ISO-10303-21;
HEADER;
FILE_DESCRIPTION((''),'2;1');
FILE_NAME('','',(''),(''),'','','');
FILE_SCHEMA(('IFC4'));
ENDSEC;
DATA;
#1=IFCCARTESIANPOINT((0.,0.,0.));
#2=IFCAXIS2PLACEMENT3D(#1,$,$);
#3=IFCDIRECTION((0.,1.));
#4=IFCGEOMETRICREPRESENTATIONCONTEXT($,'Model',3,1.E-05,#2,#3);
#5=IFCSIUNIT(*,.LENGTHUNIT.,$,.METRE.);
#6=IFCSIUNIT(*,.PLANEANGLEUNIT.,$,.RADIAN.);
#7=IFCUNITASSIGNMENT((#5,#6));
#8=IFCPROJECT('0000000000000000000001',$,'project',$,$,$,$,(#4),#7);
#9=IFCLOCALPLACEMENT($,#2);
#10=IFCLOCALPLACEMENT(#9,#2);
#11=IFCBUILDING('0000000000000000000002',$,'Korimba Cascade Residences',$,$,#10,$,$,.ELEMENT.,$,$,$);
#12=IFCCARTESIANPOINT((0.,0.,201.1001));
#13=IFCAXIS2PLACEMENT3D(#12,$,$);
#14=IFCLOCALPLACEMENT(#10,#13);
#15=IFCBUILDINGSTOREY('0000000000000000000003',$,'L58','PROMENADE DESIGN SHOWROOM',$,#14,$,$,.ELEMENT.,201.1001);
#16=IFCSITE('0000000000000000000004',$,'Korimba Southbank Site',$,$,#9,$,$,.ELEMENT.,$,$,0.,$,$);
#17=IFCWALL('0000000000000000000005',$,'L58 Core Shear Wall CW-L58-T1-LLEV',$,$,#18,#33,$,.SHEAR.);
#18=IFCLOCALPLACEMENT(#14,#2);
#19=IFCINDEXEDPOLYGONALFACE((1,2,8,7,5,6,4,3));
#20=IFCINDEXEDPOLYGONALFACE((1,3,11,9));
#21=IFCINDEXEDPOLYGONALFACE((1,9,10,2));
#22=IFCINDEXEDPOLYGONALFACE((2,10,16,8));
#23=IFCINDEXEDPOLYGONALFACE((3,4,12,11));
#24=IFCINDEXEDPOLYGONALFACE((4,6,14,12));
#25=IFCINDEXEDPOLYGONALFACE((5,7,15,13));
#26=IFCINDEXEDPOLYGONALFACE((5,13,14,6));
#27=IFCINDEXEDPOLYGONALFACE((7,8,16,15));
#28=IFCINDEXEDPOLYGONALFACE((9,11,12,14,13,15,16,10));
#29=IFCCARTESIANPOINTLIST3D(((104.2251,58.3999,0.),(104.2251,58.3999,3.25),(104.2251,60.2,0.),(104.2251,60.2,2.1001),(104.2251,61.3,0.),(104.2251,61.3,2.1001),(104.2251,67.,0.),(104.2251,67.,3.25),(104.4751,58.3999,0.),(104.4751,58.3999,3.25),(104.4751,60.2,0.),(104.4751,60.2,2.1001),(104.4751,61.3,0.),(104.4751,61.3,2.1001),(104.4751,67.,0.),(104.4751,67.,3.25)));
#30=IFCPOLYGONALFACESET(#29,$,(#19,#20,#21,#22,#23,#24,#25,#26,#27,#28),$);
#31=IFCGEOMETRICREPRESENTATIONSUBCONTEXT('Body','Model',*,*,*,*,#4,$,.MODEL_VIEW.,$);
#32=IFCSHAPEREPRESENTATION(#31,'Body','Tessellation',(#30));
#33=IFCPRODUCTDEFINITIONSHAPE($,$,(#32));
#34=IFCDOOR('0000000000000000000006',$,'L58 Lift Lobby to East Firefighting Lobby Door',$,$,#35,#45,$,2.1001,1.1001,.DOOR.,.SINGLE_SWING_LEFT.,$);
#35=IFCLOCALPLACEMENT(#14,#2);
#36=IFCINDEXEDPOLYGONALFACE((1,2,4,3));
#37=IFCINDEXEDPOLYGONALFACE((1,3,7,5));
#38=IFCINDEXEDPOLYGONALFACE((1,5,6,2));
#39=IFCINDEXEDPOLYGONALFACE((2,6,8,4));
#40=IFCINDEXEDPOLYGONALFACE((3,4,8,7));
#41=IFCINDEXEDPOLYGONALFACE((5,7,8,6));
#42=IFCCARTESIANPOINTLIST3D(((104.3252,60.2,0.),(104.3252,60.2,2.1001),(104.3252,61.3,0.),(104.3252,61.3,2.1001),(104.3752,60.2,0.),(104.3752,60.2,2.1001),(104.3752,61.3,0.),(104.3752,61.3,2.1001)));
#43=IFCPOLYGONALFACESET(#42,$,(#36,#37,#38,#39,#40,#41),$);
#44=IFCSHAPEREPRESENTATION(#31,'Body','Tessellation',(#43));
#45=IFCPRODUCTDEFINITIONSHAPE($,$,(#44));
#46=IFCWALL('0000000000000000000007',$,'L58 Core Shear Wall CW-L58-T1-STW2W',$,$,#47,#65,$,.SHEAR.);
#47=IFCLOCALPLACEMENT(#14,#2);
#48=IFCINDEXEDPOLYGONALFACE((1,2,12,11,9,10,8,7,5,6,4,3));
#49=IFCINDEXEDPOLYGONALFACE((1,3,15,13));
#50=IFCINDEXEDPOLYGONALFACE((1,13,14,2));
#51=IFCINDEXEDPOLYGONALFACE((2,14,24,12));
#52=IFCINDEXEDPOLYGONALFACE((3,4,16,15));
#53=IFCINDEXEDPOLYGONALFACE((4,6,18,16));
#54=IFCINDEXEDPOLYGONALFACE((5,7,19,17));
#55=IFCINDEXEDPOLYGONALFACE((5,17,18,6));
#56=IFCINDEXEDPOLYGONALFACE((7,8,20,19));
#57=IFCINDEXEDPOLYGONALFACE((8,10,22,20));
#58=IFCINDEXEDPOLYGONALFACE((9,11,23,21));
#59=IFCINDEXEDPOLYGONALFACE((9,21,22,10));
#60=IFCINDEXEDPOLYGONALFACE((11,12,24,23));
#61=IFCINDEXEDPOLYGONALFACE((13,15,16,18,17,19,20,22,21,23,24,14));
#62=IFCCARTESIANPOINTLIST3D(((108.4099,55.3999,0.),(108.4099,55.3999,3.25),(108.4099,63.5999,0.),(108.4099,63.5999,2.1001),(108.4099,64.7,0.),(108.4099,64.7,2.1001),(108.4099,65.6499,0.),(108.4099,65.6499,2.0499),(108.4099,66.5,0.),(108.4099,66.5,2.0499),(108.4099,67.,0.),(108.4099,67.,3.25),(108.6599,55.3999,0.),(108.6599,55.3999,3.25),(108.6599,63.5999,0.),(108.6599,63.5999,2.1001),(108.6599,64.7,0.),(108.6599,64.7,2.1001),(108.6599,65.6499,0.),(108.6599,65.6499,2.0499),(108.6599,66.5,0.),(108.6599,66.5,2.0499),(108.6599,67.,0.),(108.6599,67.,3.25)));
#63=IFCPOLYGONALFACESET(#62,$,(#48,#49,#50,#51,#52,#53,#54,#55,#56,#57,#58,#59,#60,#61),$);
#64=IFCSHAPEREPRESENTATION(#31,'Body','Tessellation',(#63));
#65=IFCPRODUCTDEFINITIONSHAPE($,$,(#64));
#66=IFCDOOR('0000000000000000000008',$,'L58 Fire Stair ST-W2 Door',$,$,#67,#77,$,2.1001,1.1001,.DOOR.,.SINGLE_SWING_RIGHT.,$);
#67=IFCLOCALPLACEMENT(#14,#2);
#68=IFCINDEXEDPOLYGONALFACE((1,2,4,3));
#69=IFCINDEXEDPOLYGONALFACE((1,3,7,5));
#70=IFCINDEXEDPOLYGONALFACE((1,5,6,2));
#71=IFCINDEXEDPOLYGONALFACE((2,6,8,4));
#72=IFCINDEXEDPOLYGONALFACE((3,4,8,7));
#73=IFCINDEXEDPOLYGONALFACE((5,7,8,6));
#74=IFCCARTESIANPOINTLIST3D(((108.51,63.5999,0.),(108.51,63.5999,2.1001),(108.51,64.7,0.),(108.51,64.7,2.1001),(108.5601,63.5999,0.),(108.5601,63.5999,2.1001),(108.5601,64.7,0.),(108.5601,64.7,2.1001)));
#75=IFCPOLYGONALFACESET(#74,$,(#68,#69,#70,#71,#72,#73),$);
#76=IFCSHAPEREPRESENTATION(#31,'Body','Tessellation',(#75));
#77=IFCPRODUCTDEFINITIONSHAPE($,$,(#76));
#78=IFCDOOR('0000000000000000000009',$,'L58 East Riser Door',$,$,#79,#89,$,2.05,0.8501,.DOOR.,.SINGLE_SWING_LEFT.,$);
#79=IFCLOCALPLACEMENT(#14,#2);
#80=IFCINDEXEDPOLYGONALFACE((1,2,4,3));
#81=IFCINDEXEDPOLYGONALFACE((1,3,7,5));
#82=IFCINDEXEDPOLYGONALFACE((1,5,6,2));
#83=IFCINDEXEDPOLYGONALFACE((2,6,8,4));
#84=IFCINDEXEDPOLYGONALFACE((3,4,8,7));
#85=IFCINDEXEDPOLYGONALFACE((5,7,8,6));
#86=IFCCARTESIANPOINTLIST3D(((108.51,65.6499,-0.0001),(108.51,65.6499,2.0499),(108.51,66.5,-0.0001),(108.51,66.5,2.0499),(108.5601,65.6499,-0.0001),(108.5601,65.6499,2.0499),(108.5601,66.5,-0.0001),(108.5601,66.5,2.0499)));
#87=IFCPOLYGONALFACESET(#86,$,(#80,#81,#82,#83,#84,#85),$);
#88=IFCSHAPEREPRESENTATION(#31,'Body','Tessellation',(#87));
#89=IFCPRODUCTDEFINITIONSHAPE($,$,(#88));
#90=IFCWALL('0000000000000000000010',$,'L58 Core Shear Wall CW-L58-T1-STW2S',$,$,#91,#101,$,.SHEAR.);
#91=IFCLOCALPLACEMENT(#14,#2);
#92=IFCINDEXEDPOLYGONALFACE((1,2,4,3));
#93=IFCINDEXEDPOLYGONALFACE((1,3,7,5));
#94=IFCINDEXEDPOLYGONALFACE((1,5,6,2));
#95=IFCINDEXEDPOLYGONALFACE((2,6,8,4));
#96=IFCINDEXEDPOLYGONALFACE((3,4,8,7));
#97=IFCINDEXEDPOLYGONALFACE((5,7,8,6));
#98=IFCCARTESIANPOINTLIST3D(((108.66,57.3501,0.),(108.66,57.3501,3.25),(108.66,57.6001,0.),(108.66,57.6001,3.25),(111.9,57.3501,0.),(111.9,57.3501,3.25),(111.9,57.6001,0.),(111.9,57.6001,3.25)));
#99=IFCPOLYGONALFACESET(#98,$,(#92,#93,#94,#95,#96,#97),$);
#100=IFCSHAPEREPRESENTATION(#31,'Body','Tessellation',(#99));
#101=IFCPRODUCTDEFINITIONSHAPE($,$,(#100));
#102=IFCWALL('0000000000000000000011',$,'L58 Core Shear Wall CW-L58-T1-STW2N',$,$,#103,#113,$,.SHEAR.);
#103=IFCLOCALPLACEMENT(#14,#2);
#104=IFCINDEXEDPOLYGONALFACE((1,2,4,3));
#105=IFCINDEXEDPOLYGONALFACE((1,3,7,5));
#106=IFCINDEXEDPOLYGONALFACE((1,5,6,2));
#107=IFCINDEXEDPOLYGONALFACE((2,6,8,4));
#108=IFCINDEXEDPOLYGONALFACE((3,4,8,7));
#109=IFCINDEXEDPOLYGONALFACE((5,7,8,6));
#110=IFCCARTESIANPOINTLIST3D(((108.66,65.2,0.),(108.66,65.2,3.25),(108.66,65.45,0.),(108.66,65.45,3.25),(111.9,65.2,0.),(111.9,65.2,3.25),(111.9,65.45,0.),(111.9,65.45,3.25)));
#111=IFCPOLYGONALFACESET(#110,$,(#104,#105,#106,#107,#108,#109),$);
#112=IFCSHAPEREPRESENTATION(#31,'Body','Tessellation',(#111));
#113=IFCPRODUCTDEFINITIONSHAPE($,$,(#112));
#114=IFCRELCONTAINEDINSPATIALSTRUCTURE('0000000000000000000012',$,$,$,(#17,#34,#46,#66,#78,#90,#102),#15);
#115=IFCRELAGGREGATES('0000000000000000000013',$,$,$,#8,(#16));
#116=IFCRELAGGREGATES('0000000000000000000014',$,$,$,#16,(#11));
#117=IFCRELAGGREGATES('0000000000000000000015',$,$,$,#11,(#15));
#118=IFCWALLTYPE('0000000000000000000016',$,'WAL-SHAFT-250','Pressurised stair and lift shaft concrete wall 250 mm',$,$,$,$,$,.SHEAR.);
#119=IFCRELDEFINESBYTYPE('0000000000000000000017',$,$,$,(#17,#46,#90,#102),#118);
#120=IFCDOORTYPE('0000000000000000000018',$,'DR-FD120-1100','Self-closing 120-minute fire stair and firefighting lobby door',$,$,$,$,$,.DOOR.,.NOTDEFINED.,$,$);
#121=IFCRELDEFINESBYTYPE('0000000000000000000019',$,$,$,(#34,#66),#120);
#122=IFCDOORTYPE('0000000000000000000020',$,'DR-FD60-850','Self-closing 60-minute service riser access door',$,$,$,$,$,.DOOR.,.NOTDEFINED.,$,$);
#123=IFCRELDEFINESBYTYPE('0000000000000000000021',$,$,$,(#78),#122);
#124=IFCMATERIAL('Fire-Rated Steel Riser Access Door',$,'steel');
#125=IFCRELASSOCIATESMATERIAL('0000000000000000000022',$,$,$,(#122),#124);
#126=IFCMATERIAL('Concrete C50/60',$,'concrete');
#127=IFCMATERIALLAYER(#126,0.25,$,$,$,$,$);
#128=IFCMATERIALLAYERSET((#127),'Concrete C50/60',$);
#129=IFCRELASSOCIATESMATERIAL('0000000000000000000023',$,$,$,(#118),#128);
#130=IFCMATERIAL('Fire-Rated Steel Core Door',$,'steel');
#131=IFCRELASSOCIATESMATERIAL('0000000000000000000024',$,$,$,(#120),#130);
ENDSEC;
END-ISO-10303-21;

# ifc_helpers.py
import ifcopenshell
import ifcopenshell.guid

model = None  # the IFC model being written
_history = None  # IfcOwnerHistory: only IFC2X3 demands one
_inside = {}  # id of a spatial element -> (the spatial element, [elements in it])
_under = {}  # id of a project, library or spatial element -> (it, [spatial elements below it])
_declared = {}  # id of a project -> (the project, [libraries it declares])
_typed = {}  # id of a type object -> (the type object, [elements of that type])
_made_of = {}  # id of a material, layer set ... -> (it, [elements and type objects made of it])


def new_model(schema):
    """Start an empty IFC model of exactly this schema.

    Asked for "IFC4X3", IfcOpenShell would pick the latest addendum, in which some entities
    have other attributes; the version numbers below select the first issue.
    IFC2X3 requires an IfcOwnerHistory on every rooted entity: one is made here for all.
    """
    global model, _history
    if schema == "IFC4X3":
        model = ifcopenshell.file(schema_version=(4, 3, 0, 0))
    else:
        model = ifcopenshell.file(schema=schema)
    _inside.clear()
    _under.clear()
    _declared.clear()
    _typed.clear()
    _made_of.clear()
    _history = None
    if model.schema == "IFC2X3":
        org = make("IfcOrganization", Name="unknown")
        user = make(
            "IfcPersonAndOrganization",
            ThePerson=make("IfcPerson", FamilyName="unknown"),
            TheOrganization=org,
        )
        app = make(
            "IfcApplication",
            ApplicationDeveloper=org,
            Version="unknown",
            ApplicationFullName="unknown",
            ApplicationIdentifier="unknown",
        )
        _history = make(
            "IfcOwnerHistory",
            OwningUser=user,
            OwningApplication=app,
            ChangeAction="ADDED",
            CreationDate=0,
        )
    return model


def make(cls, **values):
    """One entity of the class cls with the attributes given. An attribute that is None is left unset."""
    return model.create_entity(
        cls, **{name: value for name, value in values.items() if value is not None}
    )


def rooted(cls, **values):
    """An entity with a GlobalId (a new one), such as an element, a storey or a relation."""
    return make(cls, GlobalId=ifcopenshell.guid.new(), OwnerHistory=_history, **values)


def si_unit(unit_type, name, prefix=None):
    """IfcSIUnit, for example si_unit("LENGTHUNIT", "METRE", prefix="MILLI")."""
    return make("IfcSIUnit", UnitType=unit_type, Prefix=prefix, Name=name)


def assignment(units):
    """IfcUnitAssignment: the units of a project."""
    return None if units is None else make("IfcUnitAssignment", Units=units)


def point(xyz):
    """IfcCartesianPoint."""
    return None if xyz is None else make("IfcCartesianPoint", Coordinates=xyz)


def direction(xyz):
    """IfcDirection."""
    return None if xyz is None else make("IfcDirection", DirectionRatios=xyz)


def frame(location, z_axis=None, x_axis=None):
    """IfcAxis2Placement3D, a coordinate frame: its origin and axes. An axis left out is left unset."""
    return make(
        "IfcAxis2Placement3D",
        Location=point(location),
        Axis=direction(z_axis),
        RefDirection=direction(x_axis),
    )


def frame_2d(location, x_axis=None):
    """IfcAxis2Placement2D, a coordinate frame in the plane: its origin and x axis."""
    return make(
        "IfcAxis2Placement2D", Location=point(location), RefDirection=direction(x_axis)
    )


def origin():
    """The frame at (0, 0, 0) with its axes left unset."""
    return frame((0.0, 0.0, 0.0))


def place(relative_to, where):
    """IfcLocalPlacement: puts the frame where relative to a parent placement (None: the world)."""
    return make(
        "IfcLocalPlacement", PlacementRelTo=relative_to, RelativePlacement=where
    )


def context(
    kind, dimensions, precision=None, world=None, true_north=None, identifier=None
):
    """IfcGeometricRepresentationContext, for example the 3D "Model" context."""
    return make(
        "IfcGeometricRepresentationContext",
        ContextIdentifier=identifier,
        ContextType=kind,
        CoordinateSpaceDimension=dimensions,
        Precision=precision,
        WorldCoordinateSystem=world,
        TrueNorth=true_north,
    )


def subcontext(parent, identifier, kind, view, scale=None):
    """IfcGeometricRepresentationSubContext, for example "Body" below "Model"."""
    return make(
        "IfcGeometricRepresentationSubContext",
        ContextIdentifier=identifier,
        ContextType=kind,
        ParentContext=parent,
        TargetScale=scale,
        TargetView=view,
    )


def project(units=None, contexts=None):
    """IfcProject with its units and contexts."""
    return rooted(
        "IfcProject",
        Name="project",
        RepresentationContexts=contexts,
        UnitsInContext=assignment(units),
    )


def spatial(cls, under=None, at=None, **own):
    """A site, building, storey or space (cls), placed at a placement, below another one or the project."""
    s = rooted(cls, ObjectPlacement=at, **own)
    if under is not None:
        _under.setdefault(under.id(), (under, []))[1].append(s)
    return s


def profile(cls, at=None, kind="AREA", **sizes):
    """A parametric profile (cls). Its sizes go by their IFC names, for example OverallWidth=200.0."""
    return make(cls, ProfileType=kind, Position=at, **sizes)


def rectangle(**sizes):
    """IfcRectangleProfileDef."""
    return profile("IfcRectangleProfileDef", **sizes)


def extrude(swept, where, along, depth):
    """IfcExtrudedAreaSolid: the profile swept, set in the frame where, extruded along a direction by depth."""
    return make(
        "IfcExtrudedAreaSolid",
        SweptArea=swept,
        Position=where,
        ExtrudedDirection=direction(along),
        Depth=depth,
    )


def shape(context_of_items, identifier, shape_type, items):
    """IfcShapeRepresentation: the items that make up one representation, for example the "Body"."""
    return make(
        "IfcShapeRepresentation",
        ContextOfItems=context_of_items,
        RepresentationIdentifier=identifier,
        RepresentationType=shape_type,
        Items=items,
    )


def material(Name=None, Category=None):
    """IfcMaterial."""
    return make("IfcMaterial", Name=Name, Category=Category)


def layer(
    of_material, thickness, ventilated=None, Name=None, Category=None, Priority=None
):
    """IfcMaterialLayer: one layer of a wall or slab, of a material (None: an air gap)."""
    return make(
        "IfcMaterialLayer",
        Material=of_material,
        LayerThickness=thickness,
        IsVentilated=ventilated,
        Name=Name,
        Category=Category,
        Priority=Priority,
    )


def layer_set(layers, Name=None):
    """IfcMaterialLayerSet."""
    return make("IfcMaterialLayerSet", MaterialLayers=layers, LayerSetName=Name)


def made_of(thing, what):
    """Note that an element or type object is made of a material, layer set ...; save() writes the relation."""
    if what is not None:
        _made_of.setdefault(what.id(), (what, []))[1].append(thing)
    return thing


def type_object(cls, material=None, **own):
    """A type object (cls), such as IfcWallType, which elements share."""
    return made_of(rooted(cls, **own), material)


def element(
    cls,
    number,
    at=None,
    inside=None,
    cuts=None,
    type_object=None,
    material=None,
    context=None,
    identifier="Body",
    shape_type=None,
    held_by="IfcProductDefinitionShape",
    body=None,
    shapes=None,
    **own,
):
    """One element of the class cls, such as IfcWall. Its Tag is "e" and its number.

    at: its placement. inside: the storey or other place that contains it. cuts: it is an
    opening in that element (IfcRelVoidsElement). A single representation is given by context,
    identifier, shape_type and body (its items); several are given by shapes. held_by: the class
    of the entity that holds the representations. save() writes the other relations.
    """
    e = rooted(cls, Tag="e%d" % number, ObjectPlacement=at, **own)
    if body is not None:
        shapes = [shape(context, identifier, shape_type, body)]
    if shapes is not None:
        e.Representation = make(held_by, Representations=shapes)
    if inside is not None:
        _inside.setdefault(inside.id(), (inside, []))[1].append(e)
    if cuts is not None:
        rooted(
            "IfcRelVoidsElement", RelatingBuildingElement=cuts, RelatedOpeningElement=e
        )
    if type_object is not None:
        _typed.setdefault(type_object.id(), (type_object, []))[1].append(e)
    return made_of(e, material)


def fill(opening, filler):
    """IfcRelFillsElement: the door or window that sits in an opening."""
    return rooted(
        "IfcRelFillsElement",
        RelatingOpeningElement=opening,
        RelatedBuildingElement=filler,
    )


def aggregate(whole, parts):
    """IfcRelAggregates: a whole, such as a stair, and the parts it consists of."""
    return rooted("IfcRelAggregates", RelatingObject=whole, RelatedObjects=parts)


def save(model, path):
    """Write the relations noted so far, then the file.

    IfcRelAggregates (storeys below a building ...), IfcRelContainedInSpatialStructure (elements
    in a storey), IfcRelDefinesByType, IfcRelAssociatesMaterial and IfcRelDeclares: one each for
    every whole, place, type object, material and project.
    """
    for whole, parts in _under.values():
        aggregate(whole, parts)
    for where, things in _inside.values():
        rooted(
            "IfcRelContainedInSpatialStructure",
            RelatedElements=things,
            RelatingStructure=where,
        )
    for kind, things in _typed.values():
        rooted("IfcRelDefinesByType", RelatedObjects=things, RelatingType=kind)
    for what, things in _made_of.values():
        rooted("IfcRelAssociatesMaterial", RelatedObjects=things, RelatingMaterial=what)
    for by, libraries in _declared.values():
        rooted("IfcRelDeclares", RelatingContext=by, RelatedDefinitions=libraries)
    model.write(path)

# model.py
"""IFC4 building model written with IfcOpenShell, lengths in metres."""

from ifc_helpers import new_model, si_unit, direction, frame, frame_2d, origin, place, context, subcontext, project, spatial, rectangle, extrude, material, layer, layer_set, type_object, element, fill, save


model = new_model("IFC4")

# Units and contexts
model_context = context("Model", 3, precision=1e-05, world=origin(), true_north=direction((0.0, 1.0)))
body_context = subcontext(model_context, "Body", "Model", "MODEL_VIEW")
ifc_project = project(units=[si_unit("LENGTHUNIT", "METRE"), si_unit("PLANEANGLEUNIT", "RADIAN")], contexts=[model_context])

# Site, building, storey
site_placement = place(None, origin())
site = spatial("IfcSite", under=ifc_project, at=site_placement, Name="Korimba Southbank Site", CompositionType="ELEMENT", RefElevation=0.0)
building_placement = place(site_placement, origin())
building = spatial("IfcBuilding", under=site, at=building_placement, Name="Korimba Cascade Residences", CompositionType="ELEMENT")
storey_placement = place(building_placement, frame((0.0, 0.0, 201.1001)))
storey = spatial("IfcBuildingStorey", under=building, at=storey_placement, Name="L58", Description="PROMENADE DESIGN SHOWROOM", CompositionType="ELEMENT", Elevation=201.1001)

# Shared definitions
ifc_material_1 = material(Name="Fire-Rated Steel Riser Access Door", Category="steel")
door_type_1 = type_object("IfcDoorType", Name="DR-FD60-850", Description="Self-closing 60-minute service riser access door", OperationType="NOTDEFINED", PredefinedType="DOOR", material=ifc_material_1)

# Shared definitions
ifc_material_2 = material(Name="Concrete C50/60", Category="concrete")
ifc_layer_1 = layer(ifc_material_2, 0.25)
ifc_layer_set_1 = layer_set([ifc_layer_1], Name="Concrete C50/60")
wall_type_1 = type_object("IfcWallType", Name="WAL-SHAFT-250", Description="Pressurised stair and lift shaft concrete wall 250 mm", PredefinedType="SHEAR", material=ifc_layer_set_1)

# Wall, opening, door
wall_1_placement = place(storey_placement, frame((104.3501, 58.3999, 0.0), z_axis=(0.0, 0.0, 1.0), x_axis=(0.0, 1.0, 0.0)))
wall_1 = element("IfcWall", 1, at=wall_1_placement, inside=storey, type_object=wall_type_1, Name="L58 Core Shear Wall CW-L58-T1-LLEV", PredefinedType="SHEAR", context=body_context, shape_type="SweptSolid", body=[
    extrude(rectangle(XDim=8.6001, YDim=0.25, at=frame_2d((4.3, 0.0))), origin(), (0.0, 0.0, 1.0), 3.25),
])
opening_1_placement = place(wall_1_placement, frame((1.8, 0.0, 0.0)))
opening_1 = element("IfcOpeningElement", 2, at=opening_1_placement, cuts=wall_1, PredefinedType="OPENING", context=body_context, shape_type="SweptSolid", body=[
    extrude(rectangle(XDim=1.1001, YDim=2.1001, at=frame_2d((0.55, 1.05))), frame((0.0, 0.135, 0.0), z_axis=(0.0, -1.0, 0.0), x_axis=(1.0, 0.0, 0.0)), (0.0, 0.0, 1.0), 0.27),
])
ifc_material_3 = material(Name="Fire-Rated Steel Core Door", Category="steel")
door_type_2 = type_object("IfcDoorType", Name="DR-FD120-1100", Description="Self-closing 120-minute fire stair and firefighting lobby door", OperationType="NOTDEFINED", PredefinedType="DOOR", material=ifc_material_3)
door_1_placement = place(opening_1_placement, origin())
door_1 = element("IfcDoor", 3, at=door_1_placement, inside=storey, type_object=door_type_2, Name="L58 Lift Lobby to East Firefighting Lobby Door", OperationType="SINGLE_SWING_LEFT", OverallHeight=2.1001, OverallWidth=1.1001, PredefinedType="DOOR", context=body_context, shape_type="SweptSolid", body=[
    extrude(rectangle(XDim=1.1001, YDim=2.1001, at=frame_2d((0.55, 1.05))), frame((0.0, 0.0249, 0.0), z_axis=(0.0, -1.0, 0.0), x_axis=(1.0, 0.0, 0.0)), (0.0, 0.0, 1.0), 0.05),
])
fill(opening_1, door_1)

# Wall, openings, doors
wall_2_placement = place(storey_placement, frame((108.5349, 55.3999, 0.0), z_axis=(0.0, 0.0, 1.0), x_axis=(0.0, 1.0, 0.0)))
wall_2 = element("IfcWall", 4, at=wall_2_placement, inside=storey, type_object=wall_type_1, Name="L58 Core Shear Wall CW-L58-T1-STW2W", PredefinedType="SHEAR", context=body_context, shape_type="SweptSolid", body=[
    extrude(rectangle(XDim=11.6001, YDim=0.25, at=frame_2d((5.8, 0.0))), origin(), (0.0, 0.0, 1.0), 3.25),
])
opening_2_placement = place(wall_2_placement, frame((8.2, 0.0, 0.0)))
opening_2 = element("IfcOpeningElement", 5, at=opening_2_placement, cuts=wall_2, PredefinedType="OPENING", context=body_context, shape_type="SweptSolid", body=[
    extrude(rectangle(XDim=1.1001, YDim=2.1001, at=frame_2d((0.55, 1.05))), frame((0.0, 0.135, 0.0), z_axis=(0.0, -1.0, 0.0), x_axis=(1.0, 0.0, 0.0)), (0.0, 0.0, 1.0), 0.27),
])
opening_3_placement = place(wall_2_placement, frame((10.25, 0.0, 0.0)))
opening_3 = element("IfcOpeningElement", 6, at=opening_3_placement, cuts=wall_2, PredefinedType="OPENING", context=body_context, shape_type="SweptSolid", body=[
    extrude(rectangle(XDim=0.8501, YDim=2.05, at=frame_2d((0.425, 1.0249))), frame((0.0, 0.135, 0.0), z_axis=(0.0, -1.0, 0.0), x_axis=(1.0, 0.0, 0.0)), (0.0, 0.0, 1.0), 0.27),
])
door_2_placement = place(opening_2_placement, origin())
door_2 = element("IfcDoor", 7, at=door_2_placement, inside=storey, type_object=door_type_2, Name="L58 Fire Stair ST-W2 Door", OperationType="SINGLE_SWING_RIGHT", OverallHeight=2.1001, OverallWidth=1.1001, PredefinedType="DOOR", context=body_context, shape_type="SweptSolid", body=[
    extrude(rectangle(XDim=1.1001, YDim=2.1001, at=frame_2d((0.55, 1.05))), frame((0.0, 0.0249, 0.0), z_axis=(0.0, -1.0, 0.0), x_axis=(1.0, 0.0, 0.0)), (0.0, 0.0, 1.0), 0.05),
])
fill(opening_2, door_2)
door_3_placement = place(opening_3_placement, origin())
door_3 = element("IfcDoor", 8, at=door_3_placement, inside=storey, type_object=door_type_1, Name="L58 East Riser Door", OperationType="SINGLE_SWING_LEFT", OverallHeight=2.05, OverallWidth=0.8501, PredefinedType="DOOR", context=body_context, shape_type="SweptSolid", body=[
    extrude(rectangle(XDim=0.8501, YDim=2.05, at=frame_2d((0.425, 1.0249))), frame((0.0, 0.0249, 0.0), z_axis=(0.0, -1.0, 0.0), x_axis=(1.0, 0.0, 0.0)), (0.0, 0.0, 1.0), 0.05),
])
fill(opening_3, door_3)

# Walls
for number, where, z_axis, x_axis, name in (
    (9, (108.6599, 57.4751, 0.0), (0.0, 0.0, 1.0), (1.0, 0.0, 0.0), "L58 Core Shear Wall CW-L58-T1-STW2S"),
    (10, (108.6599, 65.325, 0.0), (0.0, 0.0, 1.0), (1.0, 0.0, 0.0), "L58 Core Shear Wall CW-L58-T1-STW2N"),
):
    element("IfcWall", number, at=place(storey_placement, frame(where, z_axis=z_axis, x_axis=x_axis)), inside=storey, type_object=wall_type_1, Name=name, PredefinedType="SHEAR", context=body_context, shape_type="SweptSolid", body=[
        extrude(rectangle(XDim=3.24, YDim=0.25, at=frame_2d((1.6201, 0.0))), origin(), (0.0, 0.0, 1.0), 3.25),
    ])

save(model, "model.ifc")
